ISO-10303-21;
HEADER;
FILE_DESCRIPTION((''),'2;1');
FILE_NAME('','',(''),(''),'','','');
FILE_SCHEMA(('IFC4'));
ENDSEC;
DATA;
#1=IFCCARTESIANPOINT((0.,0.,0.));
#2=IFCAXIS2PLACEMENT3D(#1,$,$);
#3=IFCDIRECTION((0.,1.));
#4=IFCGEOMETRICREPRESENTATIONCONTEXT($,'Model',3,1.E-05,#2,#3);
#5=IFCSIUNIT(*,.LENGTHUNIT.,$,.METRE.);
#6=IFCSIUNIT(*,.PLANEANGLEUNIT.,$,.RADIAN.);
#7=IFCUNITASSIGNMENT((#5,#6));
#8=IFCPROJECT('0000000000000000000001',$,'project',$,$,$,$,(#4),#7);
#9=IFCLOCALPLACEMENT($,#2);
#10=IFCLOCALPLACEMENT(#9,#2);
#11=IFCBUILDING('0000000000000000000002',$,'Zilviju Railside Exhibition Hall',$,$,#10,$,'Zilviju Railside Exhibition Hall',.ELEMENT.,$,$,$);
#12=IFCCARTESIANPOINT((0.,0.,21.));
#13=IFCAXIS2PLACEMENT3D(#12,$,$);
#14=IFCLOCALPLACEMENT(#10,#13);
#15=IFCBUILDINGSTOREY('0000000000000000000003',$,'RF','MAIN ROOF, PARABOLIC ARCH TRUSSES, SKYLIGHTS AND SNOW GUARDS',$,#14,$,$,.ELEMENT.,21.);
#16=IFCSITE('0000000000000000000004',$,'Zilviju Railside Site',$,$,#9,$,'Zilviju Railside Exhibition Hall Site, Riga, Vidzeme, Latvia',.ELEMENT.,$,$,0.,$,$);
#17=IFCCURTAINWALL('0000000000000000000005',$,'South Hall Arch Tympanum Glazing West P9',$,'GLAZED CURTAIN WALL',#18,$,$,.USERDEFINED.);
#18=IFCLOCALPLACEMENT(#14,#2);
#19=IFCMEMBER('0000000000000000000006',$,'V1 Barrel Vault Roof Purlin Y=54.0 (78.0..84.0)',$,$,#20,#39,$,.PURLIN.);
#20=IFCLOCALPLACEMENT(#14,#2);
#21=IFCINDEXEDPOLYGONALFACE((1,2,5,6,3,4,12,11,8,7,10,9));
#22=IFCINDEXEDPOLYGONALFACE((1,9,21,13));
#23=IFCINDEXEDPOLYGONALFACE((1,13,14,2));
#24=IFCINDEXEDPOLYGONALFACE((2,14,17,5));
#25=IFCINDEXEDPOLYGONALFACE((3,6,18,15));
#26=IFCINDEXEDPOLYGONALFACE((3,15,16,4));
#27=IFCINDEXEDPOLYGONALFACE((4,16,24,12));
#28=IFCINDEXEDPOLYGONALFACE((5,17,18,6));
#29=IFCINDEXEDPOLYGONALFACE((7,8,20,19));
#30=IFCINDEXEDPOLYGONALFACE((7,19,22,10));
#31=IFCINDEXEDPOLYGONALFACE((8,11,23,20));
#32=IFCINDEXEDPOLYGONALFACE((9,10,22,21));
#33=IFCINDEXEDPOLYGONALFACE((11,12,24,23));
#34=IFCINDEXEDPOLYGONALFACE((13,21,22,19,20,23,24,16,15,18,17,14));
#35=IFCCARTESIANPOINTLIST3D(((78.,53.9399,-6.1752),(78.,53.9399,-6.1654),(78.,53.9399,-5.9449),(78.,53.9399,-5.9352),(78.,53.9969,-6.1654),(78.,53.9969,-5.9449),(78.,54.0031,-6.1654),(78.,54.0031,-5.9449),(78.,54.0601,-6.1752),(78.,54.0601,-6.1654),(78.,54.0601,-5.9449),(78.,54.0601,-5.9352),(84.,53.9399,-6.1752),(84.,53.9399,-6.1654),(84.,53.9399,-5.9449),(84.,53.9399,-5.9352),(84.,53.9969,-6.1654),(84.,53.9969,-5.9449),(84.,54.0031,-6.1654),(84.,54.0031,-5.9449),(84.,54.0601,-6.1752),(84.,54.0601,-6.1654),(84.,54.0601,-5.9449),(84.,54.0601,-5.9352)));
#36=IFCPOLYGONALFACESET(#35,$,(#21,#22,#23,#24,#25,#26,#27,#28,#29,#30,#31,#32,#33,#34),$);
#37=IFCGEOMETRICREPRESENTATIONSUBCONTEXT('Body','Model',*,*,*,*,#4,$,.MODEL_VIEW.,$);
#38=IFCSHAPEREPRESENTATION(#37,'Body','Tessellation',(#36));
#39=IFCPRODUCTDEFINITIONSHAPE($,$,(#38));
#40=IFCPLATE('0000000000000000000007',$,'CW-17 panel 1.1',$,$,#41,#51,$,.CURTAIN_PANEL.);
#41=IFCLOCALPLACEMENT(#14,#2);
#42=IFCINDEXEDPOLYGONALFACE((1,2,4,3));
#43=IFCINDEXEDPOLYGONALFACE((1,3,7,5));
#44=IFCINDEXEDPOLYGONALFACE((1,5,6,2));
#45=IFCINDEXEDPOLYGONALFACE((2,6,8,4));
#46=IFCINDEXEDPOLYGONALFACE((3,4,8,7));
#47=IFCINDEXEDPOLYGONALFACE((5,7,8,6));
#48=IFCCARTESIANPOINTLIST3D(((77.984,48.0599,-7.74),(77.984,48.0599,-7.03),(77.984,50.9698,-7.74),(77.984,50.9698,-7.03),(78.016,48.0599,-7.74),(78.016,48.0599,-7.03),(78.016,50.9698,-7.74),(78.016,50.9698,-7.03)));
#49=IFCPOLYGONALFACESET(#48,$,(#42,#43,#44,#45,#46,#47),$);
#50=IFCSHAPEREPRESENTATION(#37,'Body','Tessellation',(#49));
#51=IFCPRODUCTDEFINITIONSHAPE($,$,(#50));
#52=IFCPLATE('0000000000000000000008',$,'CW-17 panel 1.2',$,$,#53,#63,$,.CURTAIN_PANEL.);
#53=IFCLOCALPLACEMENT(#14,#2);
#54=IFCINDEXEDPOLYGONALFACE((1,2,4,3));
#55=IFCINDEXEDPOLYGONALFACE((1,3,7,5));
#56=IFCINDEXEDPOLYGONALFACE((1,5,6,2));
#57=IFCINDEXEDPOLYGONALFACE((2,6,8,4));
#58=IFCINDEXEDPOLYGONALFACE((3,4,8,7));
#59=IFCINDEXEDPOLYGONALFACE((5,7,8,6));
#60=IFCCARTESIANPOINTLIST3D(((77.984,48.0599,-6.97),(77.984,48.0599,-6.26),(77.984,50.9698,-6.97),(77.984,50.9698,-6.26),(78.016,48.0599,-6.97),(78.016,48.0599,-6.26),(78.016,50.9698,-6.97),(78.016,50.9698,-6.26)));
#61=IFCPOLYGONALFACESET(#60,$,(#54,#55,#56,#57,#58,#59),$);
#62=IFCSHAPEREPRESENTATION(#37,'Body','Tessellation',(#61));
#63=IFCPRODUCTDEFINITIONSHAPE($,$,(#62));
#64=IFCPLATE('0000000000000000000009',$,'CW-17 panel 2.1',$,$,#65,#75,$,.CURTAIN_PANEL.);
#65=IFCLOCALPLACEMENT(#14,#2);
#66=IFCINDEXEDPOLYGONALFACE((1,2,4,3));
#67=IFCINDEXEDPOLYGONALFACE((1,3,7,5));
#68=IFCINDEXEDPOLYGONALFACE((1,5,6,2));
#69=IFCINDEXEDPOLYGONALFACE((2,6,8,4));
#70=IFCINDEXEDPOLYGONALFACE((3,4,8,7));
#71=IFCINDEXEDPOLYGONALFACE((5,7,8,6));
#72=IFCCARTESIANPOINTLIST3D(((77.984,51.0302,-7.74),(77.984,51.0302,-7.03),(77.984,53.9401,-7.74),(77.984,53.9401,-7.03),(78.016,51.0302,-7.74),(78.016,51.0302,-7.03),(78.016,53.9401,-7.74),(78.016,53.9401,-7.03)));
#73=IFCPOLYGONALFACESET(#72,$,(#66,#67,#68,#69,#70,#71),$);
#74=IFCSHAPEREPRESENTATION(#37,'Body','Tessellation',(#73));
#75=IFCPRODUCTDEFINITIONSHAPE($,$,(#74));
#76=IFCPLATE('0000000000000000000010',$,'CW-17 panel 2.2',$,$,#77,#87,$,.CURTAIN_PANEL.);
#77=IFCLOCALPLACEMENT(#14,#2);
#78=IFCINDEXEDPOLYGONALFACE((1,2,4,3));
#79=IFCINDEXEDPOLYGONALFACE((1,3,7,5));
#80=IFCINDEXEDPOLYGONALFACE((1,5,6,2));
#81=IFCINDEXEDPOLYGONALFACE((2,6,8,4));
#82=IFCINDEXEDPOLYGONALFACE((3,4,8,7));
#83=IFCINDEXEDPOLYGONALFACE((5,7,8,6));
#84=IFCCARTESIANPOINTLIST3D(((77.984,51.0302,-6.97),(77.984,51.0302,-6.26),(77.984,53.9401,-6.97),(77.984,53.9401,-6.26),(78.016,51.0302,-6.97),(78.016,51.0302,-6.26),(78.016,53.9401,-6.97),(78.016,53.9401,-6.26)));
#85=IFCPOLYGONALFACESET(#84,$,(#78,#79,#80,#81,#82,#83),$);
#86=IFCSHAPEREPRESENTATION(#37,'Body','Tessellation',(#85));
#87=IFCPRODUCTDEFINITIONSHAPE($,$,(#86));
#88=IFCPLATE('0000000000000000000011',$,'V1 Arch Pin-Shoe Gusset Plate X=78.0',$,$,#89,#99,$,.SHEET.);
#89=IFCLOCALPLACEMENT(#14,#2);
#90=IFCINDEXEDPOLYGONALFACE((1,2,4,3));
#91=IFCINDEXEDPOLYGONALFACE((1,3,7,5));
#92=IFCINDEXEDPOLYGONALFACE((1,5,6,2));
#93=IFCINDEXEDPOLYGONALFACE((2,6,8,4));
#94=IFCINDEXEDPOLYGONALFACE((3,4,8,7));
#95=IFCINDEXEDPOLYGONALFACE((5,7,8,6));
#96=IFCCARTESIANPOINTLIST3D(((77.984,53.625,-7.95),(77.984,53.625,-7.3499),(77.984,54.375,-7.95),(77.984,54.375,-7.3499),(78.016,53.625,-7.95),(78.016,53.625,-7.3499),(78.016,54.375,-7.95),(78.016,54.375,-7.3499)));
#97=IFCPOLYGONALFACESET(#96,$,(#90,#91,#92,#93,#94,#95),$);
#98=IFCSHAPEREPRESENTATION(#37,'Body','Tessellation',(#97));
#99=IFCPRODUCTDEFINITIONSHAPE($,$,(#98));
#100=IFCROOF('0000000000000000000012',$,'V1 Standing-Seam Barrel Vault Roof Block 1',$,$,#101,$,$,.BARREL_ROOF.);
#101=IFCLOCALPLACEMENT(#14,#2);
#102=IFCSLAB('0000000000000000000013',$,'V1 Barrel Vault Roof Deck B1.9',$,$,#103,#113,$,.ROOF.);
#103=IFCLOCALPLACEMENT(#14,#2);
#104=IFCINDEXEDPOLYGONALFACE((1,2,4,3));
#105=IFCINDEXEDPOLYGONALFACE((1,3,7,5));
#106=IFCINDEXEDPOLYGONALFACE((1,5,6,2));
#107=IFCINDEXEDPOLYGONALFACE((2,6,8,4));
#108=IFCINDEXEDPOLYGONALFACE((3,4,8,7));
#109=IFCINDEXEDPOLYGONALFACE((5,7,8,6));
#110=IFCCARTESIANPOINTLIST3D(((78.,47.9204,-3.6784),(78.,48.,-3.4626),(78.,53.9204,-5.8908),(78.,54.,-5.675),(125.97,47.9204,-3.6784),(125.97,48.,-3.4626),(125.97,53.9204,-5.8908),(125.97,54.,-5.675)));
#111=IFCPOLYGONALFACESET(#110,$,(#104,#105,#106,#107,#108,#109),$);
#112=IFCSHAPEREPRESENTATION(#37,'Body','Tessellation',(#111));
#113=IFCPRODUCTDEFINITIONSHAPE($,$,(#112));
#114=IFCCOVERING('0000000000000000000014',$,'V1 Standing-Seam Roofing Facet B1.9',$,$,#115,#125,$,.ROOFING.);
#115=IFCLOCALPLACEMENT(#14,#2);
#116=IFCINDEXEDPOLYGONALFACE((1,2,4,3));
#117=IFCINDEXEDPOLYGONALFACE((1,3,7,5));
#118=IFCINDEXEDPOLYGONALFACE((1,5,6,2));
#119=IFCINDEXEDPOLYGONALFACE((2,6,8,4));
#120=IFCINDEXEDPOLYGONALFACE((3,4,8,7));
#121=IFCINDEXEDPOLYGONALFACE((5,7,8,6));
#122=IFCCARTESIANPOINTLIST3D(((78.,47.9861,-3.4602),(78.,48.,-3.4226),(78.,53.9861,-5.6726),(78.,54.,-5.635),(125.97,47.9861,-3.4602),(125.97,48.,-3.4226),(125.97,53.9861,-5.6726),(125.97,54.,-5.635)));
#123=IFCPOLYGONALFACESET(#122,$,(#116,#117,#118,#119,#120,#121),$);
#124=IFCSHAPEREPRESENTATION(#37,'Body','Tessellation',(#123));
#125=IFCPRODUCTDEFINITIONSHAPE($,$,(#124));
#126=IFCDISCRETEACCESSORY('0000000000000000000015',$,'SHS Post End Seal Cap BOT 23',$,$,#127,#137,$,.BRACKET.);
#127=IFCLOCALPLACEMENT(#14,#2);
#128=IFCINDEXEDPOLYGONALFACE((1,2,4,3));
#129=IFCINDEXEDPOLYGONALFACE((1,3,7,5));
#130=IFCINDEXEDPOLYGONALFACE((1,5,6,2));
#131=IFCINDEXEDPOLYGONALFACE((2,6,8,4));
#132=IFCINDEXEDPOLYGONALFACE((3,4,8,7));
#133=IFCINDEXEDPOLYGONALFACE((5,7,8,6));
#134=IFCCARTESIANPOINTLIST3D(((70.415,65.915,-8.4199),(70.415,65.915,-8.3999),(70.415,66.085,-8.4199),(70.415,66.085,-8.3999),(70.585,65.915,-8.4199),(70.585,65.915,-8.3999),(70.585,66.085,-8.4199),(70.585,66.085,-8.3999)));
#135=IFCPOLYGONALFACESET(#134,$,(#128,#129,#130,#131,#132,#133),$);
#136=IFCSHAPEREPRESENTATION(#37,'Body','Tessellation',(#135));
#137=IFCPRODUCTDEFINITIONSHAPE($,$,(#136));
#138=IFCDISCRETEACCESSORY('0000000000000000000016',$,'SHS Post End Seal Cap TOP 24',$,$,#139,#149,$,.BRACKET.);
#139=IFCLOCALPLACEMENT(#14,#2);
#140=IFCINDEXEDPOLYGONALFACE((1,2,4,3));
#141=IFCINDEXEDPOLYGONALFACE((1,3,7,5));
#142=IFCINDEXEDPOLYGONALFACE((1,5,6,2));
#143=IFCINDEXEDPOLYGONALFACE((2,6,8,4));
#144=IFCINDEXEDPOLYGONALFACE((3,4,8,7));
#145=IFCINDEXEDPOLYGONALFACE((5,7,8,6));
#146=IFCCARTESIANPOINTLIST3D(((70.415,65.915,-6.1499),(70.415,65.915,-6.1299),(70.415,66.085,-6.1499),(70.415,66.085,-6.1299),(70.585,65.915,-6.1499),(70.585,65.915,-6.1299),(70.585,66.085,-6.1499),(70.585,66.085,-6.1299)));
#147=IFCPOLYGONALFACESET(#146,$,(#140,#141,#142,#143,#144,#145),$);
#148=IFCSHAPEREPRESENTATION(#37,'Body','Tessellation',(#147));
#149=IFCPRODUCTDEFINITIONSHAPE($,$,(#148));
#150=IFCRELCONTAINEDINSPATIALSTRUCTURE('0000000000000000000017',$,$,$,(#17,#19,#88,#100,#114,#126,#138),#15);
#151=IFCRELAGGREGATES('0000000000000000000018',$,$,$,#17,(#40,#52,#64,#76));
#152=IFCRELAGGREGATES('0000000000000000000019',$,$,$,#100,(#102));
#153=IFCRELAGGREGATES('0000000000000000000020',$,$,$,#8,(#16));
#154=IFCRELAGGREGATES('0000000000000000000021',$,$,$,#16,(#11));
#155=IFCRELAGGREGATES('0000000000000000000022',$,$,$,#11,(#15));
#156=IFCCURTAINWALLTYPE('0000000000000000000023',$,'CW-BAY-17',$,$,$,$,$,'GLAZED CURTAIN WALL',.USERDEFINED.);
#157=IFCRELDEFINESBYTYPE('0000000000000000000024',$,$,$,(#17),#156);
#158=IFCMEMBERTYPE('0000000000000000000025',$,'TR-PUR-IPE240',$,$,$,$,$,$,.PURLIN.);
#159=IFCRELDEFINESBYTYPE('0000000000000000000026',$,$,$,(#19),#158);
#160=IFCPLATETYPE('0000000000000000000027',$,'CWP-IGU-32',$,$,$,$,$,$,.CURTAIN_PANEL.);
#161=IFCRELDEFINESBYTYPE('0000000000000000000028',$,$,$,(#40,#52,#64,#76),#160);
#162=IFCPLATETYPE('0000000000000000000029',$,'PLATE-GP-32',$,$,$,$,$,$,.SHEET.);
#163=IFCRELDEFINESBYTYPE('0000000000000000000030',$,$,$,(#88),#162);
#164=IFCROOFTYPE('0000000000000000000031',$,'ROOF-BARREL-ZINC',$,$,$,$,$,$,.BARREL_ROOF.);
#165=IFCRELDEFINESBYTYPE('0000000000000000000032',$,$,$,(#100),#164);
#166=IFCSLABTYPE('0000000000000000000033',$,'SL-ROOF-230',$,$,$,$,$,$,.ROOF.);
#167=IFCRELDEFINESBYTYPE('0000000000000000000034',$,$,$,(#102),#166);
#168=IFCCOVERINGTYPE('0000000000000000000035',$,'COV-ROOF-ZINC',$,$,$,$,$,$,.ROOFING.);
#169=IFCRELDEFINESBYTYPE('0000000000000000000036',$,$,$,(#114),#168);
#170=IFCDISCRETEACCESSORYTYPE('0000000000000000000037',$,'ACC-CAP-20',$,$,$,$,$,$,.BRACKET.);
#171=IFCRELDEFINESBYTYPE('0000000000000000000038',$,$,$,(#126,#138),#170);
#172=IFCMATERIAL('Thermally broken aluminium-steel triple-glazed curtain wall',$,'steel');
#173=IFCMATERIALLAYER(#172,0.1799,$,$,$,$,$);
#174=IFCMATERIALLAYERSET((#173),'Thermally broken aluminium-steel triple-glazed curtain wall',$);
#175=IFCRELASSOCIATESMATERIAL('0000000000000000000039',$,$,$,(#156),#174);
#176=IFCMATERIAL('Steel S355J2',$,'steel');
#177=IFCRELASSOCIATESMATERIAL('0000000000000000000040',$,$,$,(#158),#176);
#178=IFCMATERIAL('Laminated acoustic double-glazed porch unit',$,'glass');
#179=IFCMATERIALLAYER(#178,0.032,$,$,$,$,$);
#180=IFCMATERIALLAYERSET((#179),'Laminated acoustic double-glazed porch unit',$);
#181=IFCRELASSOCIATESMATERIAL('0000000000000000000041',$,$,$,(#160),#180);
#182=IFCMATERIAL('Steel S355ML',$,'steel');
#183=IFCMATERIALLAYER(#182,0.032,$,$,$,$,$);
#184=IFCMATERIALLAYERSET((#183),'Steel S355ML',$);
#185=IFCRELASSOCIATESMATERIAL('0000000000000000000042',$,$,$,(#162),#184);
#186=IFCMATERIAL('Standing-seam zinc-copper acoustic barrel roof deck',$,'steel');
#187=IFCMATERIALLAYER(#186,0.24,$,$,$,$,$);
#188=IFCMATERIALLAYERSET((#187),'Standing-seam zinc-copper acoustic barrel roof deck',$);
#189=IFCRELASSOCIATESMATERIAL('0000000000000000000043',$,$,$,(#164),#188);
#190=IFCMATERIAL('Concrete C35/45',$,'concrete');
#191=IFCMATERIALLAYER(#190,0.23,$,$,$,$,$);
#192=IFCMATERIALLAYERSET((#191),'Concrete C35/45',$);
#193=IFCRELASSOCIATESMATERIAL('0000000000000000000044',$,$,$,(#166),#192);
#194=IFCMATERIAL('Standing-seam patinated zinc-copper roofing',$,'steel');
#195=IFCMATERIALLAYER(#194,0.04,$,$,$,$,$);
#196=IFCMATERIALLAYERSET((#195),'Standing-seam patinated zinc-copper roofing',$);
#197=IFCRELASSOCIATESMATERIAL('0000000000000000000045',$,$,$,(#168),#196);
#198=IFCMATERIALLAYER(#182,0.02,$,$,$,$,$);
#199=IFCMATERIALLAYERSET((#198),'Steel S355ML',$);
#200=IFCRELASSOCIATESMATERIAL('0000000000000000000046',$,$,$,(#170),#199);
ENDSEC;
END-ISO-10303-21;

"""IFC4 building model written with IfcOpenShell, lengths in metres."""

from ifc_helpers import new_model, si_unit, direction, frame, origin, origin_2d, place, context, subcontext, project, spatial, polyline, rectangle, i_section, outline, extrude, material, layer, layer_set, material_profile, profile_set, type_object, element, aggregate, save


model = new_model("IFC4")

# Units and contexts
model_context = context("Model", 3, precision=1e-05, world=origin(), true_north=direction((0.0, 1.0)))
body_context = subcontext(model_context, "Body", "Model", "MODEL_VIEW")
ifc_project = project(units=[si_unit("LENGTHUNIT", "METRE"), si_unit("PLANEANGLEUNIT", "RADIAN")], contexts=[model_context])

# Site, building, storey
site_placement = place(None, origin())
site = spatial("IfcSite", under=ifc_project, at=site_placement, Name="Zilviju Railside Site", LongName="Zilviju Railside Exhibition Hall Site, Riga, Vidzeme, Latvia", CompositionType="ELEMENT", RefElevation=0.0)
building_placement = place(site_placement, origin())
building = spatial("IfcBuilding", under=site, at=building_placement, Name="Zilviju Railside Exhibition Hall", LongName="Zilviju Railside Exhibition Hall", CompositionType="ELEMENT")
storey_placement = place(building_placement, frame((0.0, 0.0, 21.0)))
storey = spatial("IfcBuildingStorey", under=building, at=storey_placement, Name="RF", Description="MAIN ROOF, PARABOLIC ARCH TRUSSES, SKYLIGHTS AND SNOW GUARDS", CompositionType="ELEMENT", Elevation=21.0)

# Curtain wall
ifc_material_1 = material(Name="Thermally broken aluminium-steel triple-glazed curtain wall", Category="steel")
ifc_layer_1 = layer(ifc_material_1, 0.1799)
ifc_layer_set_1 = layer_set([ifc_layer_1], Name="Thermally broken aluminium-steel triple-glazed curtain wall")
curtain_wall_type = type_object("IfcCurtainWallType", Name="CW-BAY-17", ElementType="GLAZED CURTAIN WALL", PredefinedType="USERDEFINED", material=ifc_layer_set_1)
curtain_wall_placement = place(storey_placement, origin())
curtain_wall = element("IfcCurtainWall", 1, at=curtain_wall_placement, inside=storey, type_object=curtain_wall_type, Name="South Hall Arch Tympanum Glazing West P9", ObjectType="GLAZED CURTAIN WALL", PredefinedType="USERDEFINED")

# Member
ifc_material_2 = material(Name="Steel S355J2", Category="steel")
ifc_material_3 = material(Name="Steel S355ML", Category="steel")
ifc_material_profile_1 = material_profile(ifc_material_2, i_section(OverallWidth=0.1201, OverallDepth=0.24, WebThickness=0.0061, FlangeThickness=0.0098, at=origin_2d()), Name="IPE 240")
ifc_profile_set_1 = profile_set([ifc_material_profile_1], Name="Steel S355J2")
member_type_1 = type_object("IfcMemberType", Name="TR-PUR-IPE240", PredefinedType="PURLIN", material=ifc_profile_set_1)
for number, where, z_axis, x_axis, name in (
    (2, (78.0, 54.0, -6.0552), (1.0, 0.0, 0.0), (0.0, 1.0, 0.0), "V1 Barrel Vault Roof Purlin Y=54.0 (78.0..84.0)"),
):
    element("IfcMember", number, at=place(storey_placement, frame(where, z_axis=z_axis, x_axis=x_axis)), inside=storey, type_object=member_type_1, Name=name, PredefinedType="PURLIN", context=body_context, shape_type="SweptSolid", body=[
        extrude(i_section(OverallWidth=0.1201, OverallDepth=0.24, WebThickness=0.0061, FlangeThickness=0.0098, at=origin_2d()), origin(), (0.0, 0.0, 1.0), 6.0),
    ])

# Plates
ifc_material_4 = material(Name="Laminated acoustic double-glazed porch unit", Category="glass")
ifc_layer_2 = layer(ifc_material_4, 0.032)
ifc_layer_set_2 = layer_set([ifc_layer_2], Name="Laminated acoustic double-glazed porch unit")
plate_type_1 = type_object("IfcPlateType", Name="CWP-IGU-32", PredefinedType="CURTAIN_PANEL", material=ifc_layer_set_2)
plate_1_placement = place(storey_placement, frame((78.0, 49.5149, -7.74), z_axis=(0.0, 0.0, 1.0), x_axis=(0.0, 1.0, 0.0)))
plate_1 = element("IfcPlate", 3, at=plate_1_placement, type_object=plate_type_1, Name="CW-17 panel 1.1", PredefinedType="CURTAIN_PANEL", context=body_context, shape_type="SweptSolid", body=[
    extrude(rectangle(XDim=2.9099, YDim=0.032, at=origin_2d()), origin(), (0.0, 0.0, 1.0), 0.71),
])
plate_2_placement = place(storey_placement, frame((78.0, 49.5149, -6.97), z_axis=(0.0, 0.0, 1.0), x_axis=(0.0, 1.0, 0.0)))
plate_2 = element("IfcPlate", 4, at=plate_2_placement, type_object=plate_type_1, Name="CW-17 panel 1.2", PredefinedType="CURTAIN_PANEL", context=body_context, shape_type="SweptSolid", body=[
    extrude(rectangle(XDim=2.9099, YDim=0.032, at=origin_2d()), origin(), (0.0, 0.0, 1.0), 0.71),
])
plate_3_placement = place(storey_placement, frame((78.0, 52.4851, -7.74), z_axis=(0.0, 0.0, 1.0), x_axis=(0.0, 1.0, 0.0)))
plate_3 = element("IfcPlate", 5, at=plate_3_placement, type_object=plate_type_1, Name="CW-17 panel 2.1", PredefinedType="CURTAIN_PANEL", context=body_context, shape_type="SweptSolid", body=[
    extrude(rectangle(XDim=2.9099, YDim=0.032, at=origin_2d()), origin(), (0.0, 0.0, 1.0), 0.71),
])
plate_4_placement = place(storey_placement, frame((78.0, 52.4851, -6.97), z_axis=(0.0, 0.0, 1.0), x_axis=(0.0, 1.0, 0.0)))
plate_4 = element("IfcPlate", 6, at=plate_4_placement, type_object=plate_type_1, Name="CW-17 panel 2.2", PredefinedType="CURTAIN_PANEL", context=body_context, shape_type="SweptSolid", body=[
    extrude(rectangle(XDim=2.9099, YDim=0.032, at=origin_2d()), origin(), (0.0, 0.0, 1.0), 0.71),
])
aggregate(curtain_wall, [plate_1, plate_2, plate_3, plate_4])
ifc_layer_3 = layer(ifc_material_3, 0.032)
ifc_layer_set_3 = layer_set([ifc_layer_3], Name="Steel S355ML")
plate_type_2 = type_object("IfcPlateType", Name="PLATE-GP-32", PredefinedType="SHEET", material=ifc_layer_set_3)
plate_5_placement = place(storey_placement, frame((78.0, 54.0, -7.95), z_axis=(0.0, 0.0, 1.0), x_axis=(1.0, 0.0, 0.0)))
element("IfcPlate", 7, at=plate_5_placement, inside=storey, type_object=plate_type_2, Name="V1 Arch Pin-Shoe Gusset Plate X=78.0", PredefinedType="SHEET", context=body_context, shape_type="SweptSolid", body=[
    extrude(rectangle(XDim=0.032, YDim=0.75, at=origin_2d()), origin(), (0.0, 0.0, 1.0), 0.6001),
])

# Roof, slab
ifc_material_5 = material(Name="Standing-seam zinc-copper acoustic barrel roof deck", Category="steel")
ifc_layer_4 = layer(ifc_material_5, 0.24)
ifc_layer_set_4 = layer_set([ifc_layer_4], Name="Standing-seam zinc-copper acoustic barrel roof deck")
roof_type = type_object("IfcRoofType", Name="ROOF-BARREL-ZINC", PredefinedType="BARREL_ROOF", material=ifc_layer_set_4)
roof_placement = place(storey_placement, origin())
roof = element("IfcRoof", 8, at=roof_placement, inside=storey, type_object=roof_type, Name="V1 Standing-Seam Barrel Vault Roof Block 1", PredefinedType="BARREL_ROOF")
ifc_material_6 = material(Name="Concrete C35/45", Category="concrete")
ifc_layer_5 = layer(ifc_material_6, 0.23)
ifc_layer_set_5 = layer_set([ifc_layer_5], Name="Concrete C35/45")
slab_type = type_object("IfcSlabType", Name="SL-ROOF-230", PredefinedType="ROOF", material=ifc_layer_set_5)
slab_placement = place(storey_placement, frame((78.0, 48.0, -3.4626), z_axis=(0.0, 0.345964, 0.938248), x_axis=(1.0, 0.0, 0.0)))
slab = element("IfcSlab", 9, at=slab_placement, type_object=slab_type, Name="V1 Barrel Vault Roof Deck B1.9", PredefinedType="ROOF", context=body_context, shape_type="SweptSolid", body=[
    extrude(outline(polyline([(0.0, 0.0), (47.97, 0.0), (47.97, 6.3949), (0.0, 6.3949), (0.0, 0.0)])), origin(), (0.0, 0.0, -1.0), 0.23),
])
aggregate(roof, [slab])

# Covering
ifc_material_7 = material(Name="Standing-seam patinated zinc-copper roofing", Category="steel")
ifc_layer_6 = layer(ifc_material_7, 0.04)
ifc_layer_set_6 = layer_set([ifc_layer_6], Name="Standing-seam patinated zinc-copper roofing")
covering_type = type_object("IfcCoveringType", Name="COV-ROOF-ZINC", PredefinedType="ROOFING", material=ifc_layer_set_6)
covering_placement = place(storey_placement, frame((78.0, 48.0, -3.4226), z_axis=(0.0, 0.345964, 0.938248), x_axis=(1.0, 0.0, 0.0)))
element("IfcCovering", 10, at=covering_placement, inside=storey, type_object=covering_type, Name="V1 Standing-Seam Roofing Facet B1.9", PredefinedType="ROOFING", context=body_context, shape_type="SweptSolid", body=[
    extrude(outline(polyline([(0.0, 0.0), (47.97, 0.0), (47.97, 6.3949), (0.0, 6.3949), (0.0, 0.0)])), origin(), (0.0, 0.0, -1.0), 0.04),
])

# Discrete accessories
ifc_layer_7 = layer(ifc_material_3, 0.02)
ifc_layer_set_7 = layer_set([ifc_layer_7], Name="Steel S355ML")
discrete_accessory_type = type_object("IfcDiscreteAccessoryType", Name="ACC-CAP-20", PredefinedType="BRACKET", material=ifc_layer_set_7)
for number, where, z_axis, x_axis, name in (
    (11, (70.5, 66.0, -8.4199), (0.0, 0.0, 1.0), (1.0, 0.0, 0.0), "SHS Post End Seal Cap BOT 23"),
    (12, (70.5, 66.0, -6.1499), (0.0, 0.0, 1.0), (1.0, 0.0, 0.0), "SHS Post End Seal Cap TOP 24"),
):
    element("IfcDiscreteAccessory", number, at=place(storey_placement, frame(where, z_axis=z_axis, x_axis=x_axis)), inside=storey, type_object=discrete_accessory_type, Name=name, PredefinedType="BRACKET", context=body_context, shape_type="SweptSolid", body=[
        extrude(rectangle(XDim=0.1699, YDim=0.1699, at=origin_2d()), origin(), (0.0, 0.0, 1.0), 0.02),
    ])

save(model, "model.ifc")
